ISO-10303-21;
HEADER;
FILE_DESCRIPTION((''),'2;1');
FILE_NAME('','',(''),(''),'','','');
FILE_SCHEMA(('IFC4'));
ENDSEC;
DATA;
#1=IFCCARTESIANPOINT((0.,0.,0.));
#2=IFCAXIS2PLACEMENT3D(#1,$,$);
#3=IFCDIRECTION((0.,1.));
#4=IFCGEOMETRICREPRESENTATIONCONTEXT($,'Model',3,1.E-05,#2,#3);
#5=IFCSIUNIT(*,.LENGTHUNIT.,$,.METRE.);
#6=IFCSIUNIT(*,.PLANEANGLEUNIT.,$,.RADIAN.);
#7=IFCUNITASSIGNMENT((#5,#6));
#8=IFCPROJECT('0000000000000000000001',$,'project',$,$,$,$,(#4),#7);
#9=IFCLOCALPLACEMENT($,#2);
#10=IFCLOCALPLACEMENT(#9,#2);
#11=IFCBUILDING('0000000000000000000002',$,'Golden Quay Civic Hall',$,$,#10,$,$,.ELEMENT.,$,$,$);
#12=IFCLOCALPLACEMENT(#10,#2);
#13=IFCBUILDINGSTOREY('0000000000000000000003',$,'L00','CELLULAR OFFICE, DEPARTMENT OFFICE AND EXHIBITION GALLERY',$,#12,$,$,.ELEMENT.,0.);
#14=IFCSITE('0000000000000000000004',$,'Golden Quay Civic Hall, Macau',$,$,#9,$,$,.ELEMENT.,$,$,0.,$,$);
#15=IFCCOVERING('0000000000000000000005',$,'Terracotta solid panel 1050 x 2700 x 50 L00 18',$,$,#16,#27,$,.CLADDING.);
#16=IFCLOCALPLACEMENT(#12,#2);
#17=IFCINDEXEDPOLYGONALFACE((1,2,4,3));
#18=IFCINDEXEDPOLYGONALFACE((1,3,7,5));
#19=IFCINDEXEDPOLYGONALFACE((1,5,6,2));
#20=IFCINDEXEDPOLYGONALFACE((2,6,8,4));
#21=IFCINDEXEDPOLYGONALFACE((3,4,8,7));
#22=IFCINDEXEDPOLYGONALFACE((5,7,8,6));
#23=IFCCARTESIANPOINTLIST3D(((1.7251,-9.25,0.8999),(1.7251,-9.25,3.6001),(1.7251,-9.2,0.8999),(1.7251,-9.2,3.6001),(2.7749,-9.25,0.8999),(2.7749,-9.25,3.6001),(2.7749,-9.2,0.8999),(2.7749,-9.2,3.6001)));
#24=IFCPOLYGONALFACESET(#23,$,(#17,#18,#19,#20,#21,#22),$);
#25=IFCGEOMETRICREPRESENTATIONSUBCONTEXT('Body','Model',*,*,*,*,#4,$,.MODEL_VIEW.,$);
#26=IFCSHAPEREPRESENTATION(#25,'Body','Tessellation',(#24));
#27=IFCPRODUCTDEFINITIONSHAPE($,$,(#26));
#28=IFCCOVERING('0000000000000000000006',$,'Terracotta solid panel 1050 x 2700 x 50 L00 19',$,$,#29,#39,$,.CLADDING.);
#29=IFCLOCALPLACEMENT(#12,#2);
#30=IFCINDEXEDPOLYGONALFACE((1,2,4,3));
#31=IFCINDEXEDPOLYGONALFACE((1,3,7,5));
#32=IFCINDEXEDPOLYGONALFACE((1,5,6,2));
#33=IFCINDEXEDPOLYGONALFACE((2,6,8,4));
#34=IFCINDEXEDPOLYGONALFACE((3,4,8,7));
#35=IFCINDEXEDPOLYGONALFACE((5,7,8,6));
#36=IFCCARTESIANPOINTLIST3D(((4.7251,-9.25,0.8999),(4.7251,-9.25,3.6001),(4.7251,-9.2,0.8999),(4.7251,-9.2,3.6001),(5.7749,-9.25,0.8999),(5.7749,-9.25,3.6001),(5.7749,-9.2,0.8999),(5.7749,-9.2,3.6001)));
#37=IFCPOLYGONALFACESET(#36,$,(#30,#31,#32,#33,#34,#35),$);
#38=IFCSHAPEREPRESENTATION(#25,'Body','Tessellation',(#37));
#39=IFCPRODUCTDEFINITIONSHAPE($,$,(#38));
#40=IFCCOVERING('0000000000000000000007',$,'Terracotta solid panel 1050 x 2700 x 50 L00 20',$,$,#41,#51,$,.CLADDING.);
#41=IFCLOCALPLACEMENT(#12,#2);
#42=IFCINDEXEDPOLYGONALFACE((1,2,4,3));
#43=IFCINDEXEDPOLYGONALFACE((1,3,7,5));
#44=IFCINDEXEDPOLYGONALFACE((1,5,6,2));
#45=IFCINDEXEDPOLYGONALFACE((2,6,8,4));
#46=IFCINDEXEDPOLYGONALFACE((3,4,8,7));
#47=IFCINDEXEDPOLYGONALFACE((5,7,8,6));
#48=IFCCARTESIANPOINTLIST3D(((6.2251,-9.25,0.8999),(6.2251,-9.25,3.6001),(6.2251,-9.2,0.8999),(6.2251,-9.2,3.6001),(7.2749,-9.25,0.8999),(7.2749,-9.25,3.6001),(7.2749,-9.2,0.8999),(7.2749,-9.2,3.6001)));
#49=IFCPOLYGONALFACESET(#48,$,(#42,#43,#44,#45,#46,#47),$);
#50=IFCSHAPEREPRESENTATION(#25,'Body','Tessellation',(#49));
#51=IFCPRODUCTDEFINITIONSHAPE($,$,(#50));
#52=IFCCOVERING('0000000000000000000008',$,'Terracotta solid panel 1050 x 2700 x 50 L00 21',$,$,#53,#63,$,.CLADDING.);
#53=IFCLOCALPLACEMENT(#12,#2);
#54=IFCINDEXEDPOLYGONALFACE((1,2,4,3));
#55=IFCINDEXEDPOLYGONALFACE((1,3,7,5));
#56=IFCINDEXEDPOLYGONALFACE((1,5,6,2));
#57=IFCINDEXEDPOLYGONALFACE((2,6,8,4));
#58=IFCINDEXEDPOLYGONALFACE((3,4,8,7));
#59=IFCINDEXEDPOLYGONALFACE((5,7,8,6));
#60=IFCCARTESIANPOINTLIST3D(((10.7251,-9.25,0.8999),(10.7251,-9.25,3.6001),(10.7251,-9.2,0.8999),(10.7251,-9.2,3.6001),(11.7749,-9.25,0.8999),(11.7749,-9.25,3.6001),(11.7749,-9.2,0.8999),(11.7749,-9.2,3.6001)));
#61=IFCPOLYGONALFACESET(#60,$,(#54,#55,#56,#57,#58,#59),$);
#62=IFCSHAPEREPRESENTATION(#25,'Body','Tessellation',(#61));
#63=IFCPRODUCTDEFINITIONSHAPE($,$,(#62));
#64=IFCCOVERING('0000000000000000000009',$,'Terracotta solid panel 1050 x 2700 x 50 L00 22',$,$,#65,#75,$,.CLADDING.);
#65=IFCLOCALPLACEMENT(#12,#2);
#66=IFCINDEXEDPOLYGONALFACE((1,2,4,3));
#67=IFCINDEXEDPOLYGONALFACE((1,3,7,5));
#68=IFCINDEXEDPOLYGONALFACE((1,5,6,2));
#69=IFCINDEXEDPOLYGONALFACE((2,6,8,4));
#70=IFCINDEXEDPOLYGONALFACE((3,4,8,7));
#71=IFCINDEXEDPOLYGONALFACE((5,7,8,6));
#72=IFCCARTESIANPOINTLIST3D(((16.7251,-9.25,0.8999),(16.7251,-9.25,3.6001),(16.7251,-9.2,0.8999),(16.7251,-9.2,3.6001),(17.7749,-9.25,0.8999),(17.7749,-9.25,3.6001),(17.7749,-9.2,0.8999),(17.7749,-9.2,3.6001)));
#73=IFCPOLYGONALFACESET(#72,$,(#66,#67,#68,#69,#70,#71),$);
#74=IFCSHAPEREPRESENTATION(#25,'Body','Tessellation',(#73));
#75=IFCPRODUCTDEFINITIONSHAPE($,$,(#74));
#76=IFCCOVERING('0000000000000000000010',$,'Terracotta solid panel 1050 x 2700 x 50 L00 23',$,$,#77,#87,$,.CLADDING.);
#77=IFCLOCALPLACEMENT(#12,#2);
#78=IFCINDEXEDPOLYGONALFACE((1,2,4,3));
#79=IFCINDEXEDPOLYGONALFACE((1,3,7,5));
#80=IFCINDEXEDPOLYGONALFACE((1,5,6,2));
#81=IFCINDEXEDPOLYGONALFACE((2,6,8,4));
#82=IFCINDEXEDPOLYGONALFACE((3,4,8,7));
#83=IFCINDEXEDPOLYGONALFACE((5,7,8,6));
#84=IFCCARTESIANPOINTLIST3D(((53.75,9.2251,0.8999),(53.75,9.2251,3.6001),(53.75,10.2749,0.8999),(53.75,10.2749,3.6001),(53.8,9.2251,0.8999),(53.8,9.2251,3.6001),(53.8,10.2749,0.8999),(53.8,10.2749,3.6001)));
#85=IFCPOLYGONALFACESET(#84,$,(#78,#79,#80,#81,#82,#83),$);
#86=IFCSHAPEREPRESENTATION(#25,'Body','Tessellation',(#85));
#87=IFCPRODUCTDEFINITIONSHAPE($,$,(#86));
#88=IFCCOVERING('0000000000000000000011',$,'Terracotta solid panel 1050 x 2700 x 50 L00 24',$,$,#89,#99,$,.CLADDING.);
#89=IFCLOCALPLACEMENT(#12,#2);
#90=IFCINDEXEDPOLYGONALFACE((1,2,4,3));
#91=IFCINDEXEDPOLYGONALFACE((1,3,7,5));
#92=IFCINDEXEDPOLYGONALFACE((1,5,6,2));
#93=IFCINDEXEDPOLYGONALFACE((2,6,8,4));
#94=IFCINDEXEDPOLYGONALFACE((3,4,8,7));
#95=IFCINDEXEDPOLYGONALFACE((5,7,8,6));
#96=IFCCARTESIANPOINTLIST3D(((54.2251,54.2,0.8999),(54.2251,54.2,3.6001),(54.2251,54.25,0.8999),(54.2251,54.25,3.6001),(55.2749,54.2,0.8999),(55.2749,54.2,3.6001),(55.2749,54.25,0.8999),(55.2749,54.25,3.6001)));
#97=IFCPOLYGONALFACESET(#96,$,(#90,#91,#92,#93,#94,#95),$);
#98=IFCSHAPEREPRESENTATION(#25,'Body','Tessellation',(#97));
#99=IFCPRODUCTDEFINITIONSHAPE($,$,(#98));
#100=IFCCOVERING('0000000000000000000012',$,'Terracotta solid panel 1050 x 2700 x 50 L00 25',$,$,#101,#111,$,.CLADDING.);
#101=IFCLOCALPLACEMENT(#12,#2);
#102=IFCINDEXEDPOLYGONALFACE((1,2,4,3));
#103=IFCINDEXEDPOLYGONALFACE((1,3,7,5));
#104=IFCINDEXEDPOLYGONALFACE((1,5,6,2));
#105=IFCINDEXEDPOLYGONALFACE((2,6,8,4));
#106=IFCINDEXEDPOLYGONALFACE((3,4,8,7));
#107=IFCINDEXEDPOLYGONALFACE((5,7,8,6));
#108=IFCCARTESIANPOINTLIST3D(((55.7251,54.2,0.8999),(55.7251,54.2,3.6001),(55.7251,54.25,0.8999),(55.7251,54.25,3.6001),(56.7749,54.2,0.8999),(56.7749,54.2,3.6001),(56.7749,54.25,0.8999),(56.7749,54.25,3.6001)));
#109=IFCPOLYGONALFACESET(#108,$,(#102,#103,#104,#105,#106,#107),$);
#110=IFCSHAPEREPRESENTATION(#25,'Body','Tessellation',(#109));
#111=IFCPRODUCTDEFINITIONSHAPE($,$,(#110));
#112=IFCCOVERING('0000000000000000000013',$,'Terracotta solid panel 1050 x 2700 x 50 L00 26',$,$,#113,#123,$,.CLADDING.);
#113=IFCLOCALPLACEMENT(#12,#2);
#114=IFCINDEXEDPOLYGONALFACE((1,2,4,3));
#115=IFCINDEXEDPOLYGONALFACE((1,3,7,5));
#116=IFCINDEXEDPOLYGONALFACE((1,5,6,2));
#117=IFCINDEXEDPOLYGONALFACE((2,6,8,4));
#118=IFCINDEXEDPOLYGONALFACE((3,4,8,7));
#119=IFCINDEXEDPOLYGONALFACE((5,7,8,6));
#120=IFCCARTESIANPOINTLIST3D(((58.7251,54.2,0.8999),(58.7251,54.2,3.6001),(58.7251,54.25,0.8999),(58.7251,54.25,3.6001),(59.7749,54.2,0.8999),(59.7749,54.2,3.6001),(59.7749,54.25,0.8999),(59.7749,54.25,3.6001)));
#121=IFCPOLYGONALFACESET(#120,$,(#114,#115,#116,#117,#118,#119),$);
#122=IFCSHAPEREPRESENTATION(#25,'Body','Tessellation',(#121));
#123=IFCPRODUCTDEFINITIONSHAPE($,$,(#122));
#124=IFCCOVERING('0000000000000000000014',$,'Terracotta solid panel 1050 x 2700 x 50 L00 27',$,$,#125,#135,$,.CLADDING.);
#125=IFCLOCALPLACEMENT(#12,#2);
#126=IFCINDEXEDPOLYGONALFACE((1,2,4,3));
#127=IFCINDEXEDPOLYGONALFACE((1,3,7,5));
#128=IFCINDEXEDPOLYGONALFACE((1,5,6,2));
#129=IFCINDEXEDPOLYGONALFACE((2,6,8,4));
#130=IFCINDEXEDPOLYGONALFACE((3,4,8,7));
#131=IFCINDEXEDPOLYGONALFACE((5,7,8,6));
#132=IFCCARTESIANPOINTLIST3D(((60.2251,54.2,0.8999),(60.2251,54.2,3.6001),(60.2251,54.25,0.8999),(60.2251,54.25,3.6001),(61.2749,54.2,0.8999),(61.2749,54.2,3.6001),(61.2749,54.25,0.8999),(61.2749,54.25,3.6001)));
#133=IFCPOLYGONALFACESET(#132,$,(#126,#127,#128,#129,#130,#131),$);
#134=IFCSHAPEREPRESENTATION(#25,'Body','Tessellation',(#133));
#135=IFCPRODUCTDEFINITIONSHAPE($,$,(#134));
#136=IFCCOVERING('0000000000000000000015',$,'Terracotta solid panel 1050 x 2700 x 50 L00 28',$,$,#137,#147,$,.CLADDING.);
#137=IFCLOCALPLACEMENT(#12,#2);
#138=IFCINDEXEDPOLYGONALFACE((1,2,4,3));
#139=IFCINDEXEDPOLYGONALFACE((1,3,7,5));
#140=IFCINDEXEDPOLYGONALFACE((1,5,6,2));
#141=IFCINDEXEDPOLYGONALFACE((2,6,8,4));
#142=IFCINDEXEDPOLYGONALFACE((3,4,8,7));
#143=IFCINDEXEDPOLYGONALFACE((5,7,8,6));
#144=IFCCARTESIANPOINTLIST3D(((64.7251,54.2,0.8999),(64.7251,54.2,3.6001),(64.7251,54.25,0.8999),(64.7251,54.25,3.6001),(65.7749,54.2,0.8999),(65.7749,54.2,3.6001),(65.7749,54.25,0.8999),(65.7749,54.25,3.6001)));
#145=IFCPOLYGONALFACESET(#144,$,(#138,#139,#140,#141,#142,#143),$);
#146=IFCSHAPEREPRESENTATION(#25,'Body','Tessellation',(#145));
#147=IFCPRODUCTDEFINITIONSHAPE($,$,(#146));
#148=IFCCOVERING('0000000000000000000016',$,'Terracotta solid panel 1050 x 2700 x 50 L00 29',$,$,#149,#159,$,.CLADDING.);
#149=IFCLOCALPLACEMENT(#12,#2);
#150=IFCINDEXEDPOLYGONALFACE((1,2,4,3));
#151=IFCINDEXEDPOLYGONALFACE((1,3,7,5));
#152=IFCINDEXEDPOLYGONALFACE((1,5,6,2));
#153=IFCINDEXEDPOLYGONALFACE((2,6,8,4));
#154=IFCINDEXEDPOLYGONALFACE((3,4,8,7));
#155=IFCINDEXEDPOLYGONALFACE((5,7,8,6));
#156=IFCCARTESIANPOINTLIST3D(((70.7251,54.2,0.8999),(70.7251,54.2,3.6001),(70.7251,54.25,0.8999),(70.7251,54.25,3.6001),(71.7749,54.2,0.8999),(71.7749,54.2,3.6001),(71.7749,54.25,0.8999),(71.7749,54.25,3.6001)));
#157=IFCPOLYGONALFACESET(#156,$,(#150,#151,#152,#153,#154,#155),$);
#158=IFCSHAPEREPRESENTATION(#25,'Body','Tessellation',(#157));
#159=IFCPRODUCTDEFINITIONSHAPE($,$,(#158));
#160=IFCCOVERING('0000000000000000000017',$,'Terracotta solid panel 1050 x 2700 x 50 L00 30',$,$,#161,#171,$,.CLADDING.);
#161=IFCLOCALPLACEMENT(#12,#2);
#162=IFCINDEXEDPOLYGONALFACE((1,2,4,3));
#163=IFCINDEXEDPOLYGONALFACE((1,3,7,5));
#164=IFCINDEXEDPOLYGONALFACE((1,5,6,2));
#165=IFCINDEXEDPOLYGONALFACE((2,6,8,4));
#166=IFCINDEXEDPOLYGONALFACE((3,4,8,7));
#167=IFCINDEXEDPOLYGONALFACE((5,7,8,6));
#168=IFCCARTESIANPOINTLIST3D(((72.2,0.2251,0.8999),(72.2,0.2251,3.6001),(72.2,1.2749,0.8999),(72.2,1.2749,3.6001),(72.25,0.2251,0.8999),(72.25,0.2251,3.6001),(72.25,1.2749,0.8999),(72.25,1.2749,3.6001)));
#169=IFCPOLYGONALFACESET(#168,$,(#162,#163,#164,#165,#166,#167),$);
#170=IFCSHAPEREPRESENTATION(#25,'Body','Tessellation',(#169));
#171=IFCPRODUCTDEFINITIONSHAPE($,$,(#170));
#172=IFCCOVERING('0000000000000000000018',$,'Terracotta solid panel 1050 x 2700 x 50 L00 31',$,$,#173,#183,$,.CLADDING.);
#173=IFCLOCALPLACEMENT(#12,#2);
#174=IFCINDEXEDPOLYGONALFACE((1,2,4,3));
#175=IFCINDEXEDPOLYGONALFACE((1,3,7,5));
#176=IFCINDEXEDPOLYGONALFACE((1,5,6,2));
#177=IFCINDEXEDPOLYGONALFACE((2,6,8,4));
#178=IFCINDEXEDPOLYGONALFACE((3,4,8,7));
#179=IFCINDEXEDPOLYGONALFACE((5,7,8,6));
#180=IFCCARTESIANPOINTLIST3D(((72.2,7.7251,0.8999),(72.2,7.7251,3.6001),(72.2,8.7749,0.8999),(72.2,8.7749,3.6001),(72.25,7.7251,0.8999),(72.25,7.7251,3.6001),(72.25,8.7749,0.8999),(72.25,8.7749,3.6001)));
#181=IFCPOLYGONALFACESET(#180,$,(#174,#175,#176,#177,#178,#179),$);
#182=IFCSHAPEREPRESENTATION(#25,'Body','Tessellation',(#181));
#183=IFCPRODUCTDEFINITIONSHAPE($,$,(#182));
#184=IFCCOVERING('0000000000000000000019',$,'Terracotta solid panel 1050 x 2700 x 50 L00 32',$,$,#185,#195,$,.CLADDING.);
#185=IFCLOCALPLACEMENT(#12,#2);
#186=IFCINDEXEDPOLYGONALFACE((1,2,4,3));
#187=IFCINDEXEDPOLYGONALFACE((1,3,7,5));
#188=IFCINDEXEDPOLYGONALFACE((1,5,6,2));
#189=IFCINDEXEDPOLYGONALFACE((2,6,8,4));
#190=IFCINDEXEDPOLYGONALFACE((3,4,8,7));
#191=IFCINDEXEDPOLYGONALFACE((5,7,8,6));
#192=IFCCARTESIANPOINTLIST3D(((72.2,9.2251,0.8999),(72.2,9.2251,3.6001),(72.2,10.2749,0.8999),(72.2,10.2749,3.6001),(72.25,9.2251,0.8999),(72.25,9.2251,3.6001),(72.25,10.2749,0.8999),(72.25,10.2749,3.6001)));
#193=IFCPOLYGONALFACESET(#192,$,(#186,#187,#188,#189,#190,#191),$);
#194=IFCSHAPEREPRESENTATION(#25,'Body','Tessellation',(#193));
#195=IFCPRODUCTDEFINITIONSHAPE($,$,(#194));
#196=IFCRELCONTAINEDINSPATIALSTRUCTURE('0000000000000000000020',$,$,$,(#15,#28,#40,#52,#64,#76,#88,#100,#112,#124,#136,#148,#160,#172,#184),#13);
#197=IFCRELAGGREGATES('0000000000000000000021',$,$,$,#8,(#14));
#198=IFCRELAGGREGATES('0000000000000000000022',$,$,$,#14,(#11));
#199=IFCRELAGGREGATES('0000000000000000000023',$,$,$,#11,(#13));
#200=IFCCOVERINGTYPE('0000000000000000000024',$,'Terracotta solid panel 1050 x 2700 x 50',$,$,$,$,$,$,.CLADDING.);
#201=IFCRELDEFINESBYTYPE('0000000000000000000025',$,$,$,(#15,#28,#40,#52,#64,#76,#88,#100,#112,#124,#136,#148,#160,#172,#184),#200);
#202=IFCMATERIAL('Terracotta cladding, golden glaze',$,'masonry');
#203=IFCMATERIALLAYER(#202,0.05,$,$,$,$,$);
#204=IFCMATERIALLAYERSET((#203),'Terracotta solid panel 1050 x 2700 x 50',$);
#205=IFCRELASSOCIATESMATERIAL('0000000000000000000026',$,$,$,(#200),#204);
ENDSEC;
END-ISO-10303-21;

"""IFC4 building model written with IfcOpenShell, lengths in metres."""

from ifc_helpers import new_model, si_unit, direction, frame, origin, place, context, subcontext, project, spatial, polyline, outline, extrude, material, layer, layer_set, type_object, element, save


model = new_model("IFC4")

# Units and contexts
model_context = context("Model", 3, precision=1e-05, world=origin(), true_north=direction((0.0, 1.0)))
body_context = subcontext(model_context, "Body", "Model", "MODEL_VIEW")
ifc_project = project(units=[si_unit("LENGTHUNIT", "METRE"), si_unit("PLANEANGLEUNIT", "RADIAN")], contexts=[model_context])

# Site, building, storey
site_placement = place(None, origin())
site = spatial("IfcSite", under=ifc_project, at=site_placement, Name="Golden Quay Civic Hall, Macau", CompositionType="ELEMENT", RefElevation=0.0)
building_placement = place(site_placement, origin())
building = spatial("IfcBuilding", under=site, at=building_placement, Name="Golden Quay Civic Hall", CompositionType="ELEMENT")
storey_placement = place(building_placement, origin())
storey = spatial("IfcBuildingStorey", under=building, at=storey_placement, Name="L00", Description="CELLULAR OFFICE, DEPARTMENT OFFICE AND EXHIBITION GALLERY", CompositionType="ELEMENT", Elevation=0.0)

# Coverings
ifc_material = material(Name="Terracotta cladding, golden glaze", Category="masonry")
ifc_layer = layer(ifc_material, 0.05)
ifc_layer_set = layer_set([ifc_layer], Name="Terracotta solid panel 1050 x 2700 x 50")
covering_type = type_object("IfcCoveringType", Name="Terracotta solid panel 1050 x 2700 x 50", PredefinedType="CLADDING", material=ifc_layer_set)
covering_1_placement = place(storey_placement, frame((0.0, 0.0, 0.8999)))
element("IfcCovering", 1, at=covering_1_placement, inside=storey, type_object=covering_type, Name="Terracotta solid panel 1050 x 2700 x 50 L00 18", PredefinedType="CLADDING", context=body_context, shape_type="SweptSolid", body=[
    extrude(outline(polyline([(1.7251, -9.2), (2.7749, -9.2), (2.7749, -9.25), (1.7251, -9.25), (1.7251, -9.2)])), origin(), (0.0, 0.0, 1.0), 2.7002),
])
covering_2_placement = place(storey_placement, frame((0.0, 0.0, 0.8999)))
element("IfcCovering", 2, at=covering_2_placement, inside=storey, type_object=covering_type, Name="Terracotta solid panel 1050 x 2700 x 50 L00 19", PredefinedType="CLADDING", context=body_context, shape_type="SweptSolid", body=[
    extrude(outline(polyline([(4.7251, -9.2), (5.7749, -9.2), (5.7749, -9.25), (4.7251, -9.25), (4.7251, -9.2)])), origin(), (0.0, 0.0, 1.0), 2.7002),
])
covering_3_placement = place(storey_placement, frame((0.0, 0.0, 0.8999)))
element("IfcCovering", 3, at=covering_3_placement, inside=storey, type_object=covering_type, Name="Terracotta solid panel 1050 x 2700 x 50 L00 20", PredefinedType="CLADDING", context=body_context, shape_type="SweptSolid", body=[
    extrude(outline(polyline([(6.2251, -9.2), (7.2749, -9.2), (7.2749, -9.25), (6.2251, -9.25), (6.2251, -9.2)])), origin(), (0.0, 0.0, 1.0), 2.7002),
])
covering_4_placement = place(storey_placement, frame((0.0, 0.0, 0.8999)))
element("IfcCovering", 4, at=covering_4_placement, inside=storey, type_object=covering_type, Name="Terracotta solid panel 1050 x 2700 x 50 L00 21", PredefinedType="CLADDING", context=body_context, shape_type="SweptSolid", body=[
    extrude(outline(polyline([(10.7251, -9.2), (11.7749, -9.2), (11.7749, -9.25), (10.7251, -9.25), (10.7251, -9.2)])), origin(), (0.0, 0.0, 1.0), 2.7002),
])
covering_5_placement = place(storey_placement, frame((0.0, 0.0, 0.8999)))
element("IfcCovering", 5, at=covering_5_placement, inside=storey, type_object=covering_type, Name="Terracotta solid panel 1050 x 2700 x 50 L00 22", PredefinedType="CLADDING", context=body_context, shape_type="SweptSolid", body=[
    extrude(outline(polyline([(16.7251, -9.2), (17.7749, -9.2), (17.7749, -9.25), (16.7251, -9.25), (16.7251, -9.2)])), origin(), (0.0, 0.0, 1.0), 2.7002),
])
covering_6_placement = place(storey_placement, frame((0.0, 0.0, 0.8999)))
element("IfcCovering", 6, at=covering_6_placement, inside=storey, type_object=covering_type, Name="Terracotta solid panel 1050 x 2700 x 50 L00 23", PredefinedType="CLADDING", context=body_context, shape_type="SweptSolid", body=[
    extrude(outline(polyline([(53.8, 9.2251), (53.8, 10.2749), (53.75, 10.2749), (53.75, 9.2251), (53.8, 9.2251)])), origin(), (0.0, 0.0, 1.0), 2.7002),
])
covering_7_placement = place(storey_placement, frame((0.0, 0.0, 0.8999)))
element("IfcCovering", 7, at=covering_7_placement, inside=storey, type_object=covering_type, Name="Terracotta solid panel 1050 x 2700 x 50 L00 24", PredefinedType="CLADDING", context=body_context, shape_type="SweptSolid", body=[
    extrude(outline(polyline([(54.2251, 54.2), (55.2749, 54.2), (55.2749, 54.25), (54.2251, 54.25), (54.2251, 54.2)])), origin(), (0.0, 0.0, 1.0), 2.7002),
])
covering_8_placement = place(storey_placement, frame((0.0, 0.0, 0.8999)))
element("IfcCovering", 8, at=covering_8_placement, inside=storey, type_object=covering_type, Name="Terracotta solid panel 1050 x 2700 x 50 L00 25", PredefinedType="CLADDING", context=body_context, shape_type="SweptSolid", body=[
    extrude(outline(polyline([(55.7251, 54.2), (56.7749, 54.2), (56.7749, 54.25), (55.7251, 54.25), (55.7251, 54.2)])), origin(), (0.0, 0.0, 1.0), 2.7002),
])
covering_9_placement = place(storey_placement, frame((0.0, 0.0, 0.8999)))
element("IfcCovering", 9, at=covering_9_placement, inside=storey, type_object=covering_type, Name="Terracotta solid panel 1050 x 2700 x 50 L00 26", PredefinedType="CLADDING", context=body_context, shape_type="SweptSolid", body=[
    extrude(outline(polyline([(58.7251, 54.2), (59.7749, 54.2), (59.7749, 54.25), (58.7251, 54.25), (58.7251, 54.2)])), origin(), (0.0, 0.0, 1.0), 2.7002),
])
covering_10_placement = place(storey_placement, frame((0.0, 0.0, 0.8999)))
element("IfcCovering", 10, at=covering_10_placement, inside=storey, type_object=covering_type, Name="Terracotta solid panel 1050 x 2700 x 50 L00 27", PredefinedType="CLADDING", context=body_context, shape_type="SweptSolid", body=[
    extrude(outline(polyline([(60.2251, 54.2), (61.2749, 54.2), (61.2749, 54.25), (60.2251, 54.25), (60.2251, 54.2)])), origin(), (0.0, 0.0, 1.0), 2.7002),
])
covering_11_placement = place(storey_placement, frame((0.0, 0.0, 0.8999)))
element("IfcCovering", 11, at=covering_11_placement, inside=storey, type_object=covering_type, Name="Terracotta solid panel 1050 x 2700 x 50 L00 28", PredefinedType="CLADDING", context=body_context, shape_type="SweptSolid", body=[
    extrude(outline(polyline([(64.7251, 54.2), (65.7749, 54.2), (65.7749, 54.25), (64.7251, 54.25), (64.7251, 54.2)])), origin(), (0.0, 0.0, 1.0), 2.7002),
])
covering_12_placement = place(storey_placement, frame((0.0, 0.0, 0.8999)))
element("IfcCovering", 12, at=covering_12_placement, inside=storey, type_object=covering_type, Name="Terracotta solid panel 1050 x 2700 x 50 L00 29", PredefinedType="CLADDING", context=body_context, shape_type="SweptSolid", body=[
    extrude(outline(polyline([(70.7251, 54.2), (71.7749, 54.2), (71.7749, 54.25), (70.7251, 54.25), (70.7251, 54.2)])), origin(), (0.0, 0.0, 1.0), 2.7002),
])
covering_13_placement = place(storey_placement, frame((0.0, 0.0, 0.8999)))
element("IfcCovering", 13, at=covering_13_placement, inside=storey, type_object=covering_type, Name="Terracotta solid panel 1050 x 2700 x 50 L00 30", PredefinedType="CLADDING", context=body_context, shape_type="SweptSolid", body=[
    extrude(outline(polyline([(72.2, 0.2251), (72.2, 1.2749), (72.25, 1.2749), (72.25, 0.2251), (72.2, 0.2251)])), origin(), (0.0, 0.0, 1.0), 2.7002),
])
covering_14_placement = place(storey_placement, frame((0.0, 0.0, 0.8999)))
element("IfcCovering", 14, at=covering_14_placement, inside=storey, type_object=covering_type, Name="Terracotta solid panel 1050 x 2700 x 50 L00 31", PredefinedType="CLADDING", context=body_context, shape_type="SweptSolid", body=[
    extrude(outline(polyline([(72.2, 7.7251), (72.2, 8.7749), (72.25, 8.7749), (72.25, 7.7251), (72.2, 7.7251)])), origin(), (0.0, 0.0, 1.0), 2.7002),
])
covering_15_placement = place(storey_placement, frame((0.0, 0.0, 0.8999)))
element("IfcCovering", 15, at=covering_15_placement, inside=storey, type_object=covering_type, Name="Terracotta solid panel 1050 x 2700 x 50 L00 32", PredefinedType="CLADDING", context=body_context, shape_type="SweptSolid", body=[
    extrude(outline(polyline([(72.2, 9.2251), (72.2, 10.2749), (72.25, 10.2749), (72.25, 9.2251), (72.2, 9.2251)])), origin(), (0.0, 0.0, 1.0), 2.7002),
])

save(model, "model.ifc")
